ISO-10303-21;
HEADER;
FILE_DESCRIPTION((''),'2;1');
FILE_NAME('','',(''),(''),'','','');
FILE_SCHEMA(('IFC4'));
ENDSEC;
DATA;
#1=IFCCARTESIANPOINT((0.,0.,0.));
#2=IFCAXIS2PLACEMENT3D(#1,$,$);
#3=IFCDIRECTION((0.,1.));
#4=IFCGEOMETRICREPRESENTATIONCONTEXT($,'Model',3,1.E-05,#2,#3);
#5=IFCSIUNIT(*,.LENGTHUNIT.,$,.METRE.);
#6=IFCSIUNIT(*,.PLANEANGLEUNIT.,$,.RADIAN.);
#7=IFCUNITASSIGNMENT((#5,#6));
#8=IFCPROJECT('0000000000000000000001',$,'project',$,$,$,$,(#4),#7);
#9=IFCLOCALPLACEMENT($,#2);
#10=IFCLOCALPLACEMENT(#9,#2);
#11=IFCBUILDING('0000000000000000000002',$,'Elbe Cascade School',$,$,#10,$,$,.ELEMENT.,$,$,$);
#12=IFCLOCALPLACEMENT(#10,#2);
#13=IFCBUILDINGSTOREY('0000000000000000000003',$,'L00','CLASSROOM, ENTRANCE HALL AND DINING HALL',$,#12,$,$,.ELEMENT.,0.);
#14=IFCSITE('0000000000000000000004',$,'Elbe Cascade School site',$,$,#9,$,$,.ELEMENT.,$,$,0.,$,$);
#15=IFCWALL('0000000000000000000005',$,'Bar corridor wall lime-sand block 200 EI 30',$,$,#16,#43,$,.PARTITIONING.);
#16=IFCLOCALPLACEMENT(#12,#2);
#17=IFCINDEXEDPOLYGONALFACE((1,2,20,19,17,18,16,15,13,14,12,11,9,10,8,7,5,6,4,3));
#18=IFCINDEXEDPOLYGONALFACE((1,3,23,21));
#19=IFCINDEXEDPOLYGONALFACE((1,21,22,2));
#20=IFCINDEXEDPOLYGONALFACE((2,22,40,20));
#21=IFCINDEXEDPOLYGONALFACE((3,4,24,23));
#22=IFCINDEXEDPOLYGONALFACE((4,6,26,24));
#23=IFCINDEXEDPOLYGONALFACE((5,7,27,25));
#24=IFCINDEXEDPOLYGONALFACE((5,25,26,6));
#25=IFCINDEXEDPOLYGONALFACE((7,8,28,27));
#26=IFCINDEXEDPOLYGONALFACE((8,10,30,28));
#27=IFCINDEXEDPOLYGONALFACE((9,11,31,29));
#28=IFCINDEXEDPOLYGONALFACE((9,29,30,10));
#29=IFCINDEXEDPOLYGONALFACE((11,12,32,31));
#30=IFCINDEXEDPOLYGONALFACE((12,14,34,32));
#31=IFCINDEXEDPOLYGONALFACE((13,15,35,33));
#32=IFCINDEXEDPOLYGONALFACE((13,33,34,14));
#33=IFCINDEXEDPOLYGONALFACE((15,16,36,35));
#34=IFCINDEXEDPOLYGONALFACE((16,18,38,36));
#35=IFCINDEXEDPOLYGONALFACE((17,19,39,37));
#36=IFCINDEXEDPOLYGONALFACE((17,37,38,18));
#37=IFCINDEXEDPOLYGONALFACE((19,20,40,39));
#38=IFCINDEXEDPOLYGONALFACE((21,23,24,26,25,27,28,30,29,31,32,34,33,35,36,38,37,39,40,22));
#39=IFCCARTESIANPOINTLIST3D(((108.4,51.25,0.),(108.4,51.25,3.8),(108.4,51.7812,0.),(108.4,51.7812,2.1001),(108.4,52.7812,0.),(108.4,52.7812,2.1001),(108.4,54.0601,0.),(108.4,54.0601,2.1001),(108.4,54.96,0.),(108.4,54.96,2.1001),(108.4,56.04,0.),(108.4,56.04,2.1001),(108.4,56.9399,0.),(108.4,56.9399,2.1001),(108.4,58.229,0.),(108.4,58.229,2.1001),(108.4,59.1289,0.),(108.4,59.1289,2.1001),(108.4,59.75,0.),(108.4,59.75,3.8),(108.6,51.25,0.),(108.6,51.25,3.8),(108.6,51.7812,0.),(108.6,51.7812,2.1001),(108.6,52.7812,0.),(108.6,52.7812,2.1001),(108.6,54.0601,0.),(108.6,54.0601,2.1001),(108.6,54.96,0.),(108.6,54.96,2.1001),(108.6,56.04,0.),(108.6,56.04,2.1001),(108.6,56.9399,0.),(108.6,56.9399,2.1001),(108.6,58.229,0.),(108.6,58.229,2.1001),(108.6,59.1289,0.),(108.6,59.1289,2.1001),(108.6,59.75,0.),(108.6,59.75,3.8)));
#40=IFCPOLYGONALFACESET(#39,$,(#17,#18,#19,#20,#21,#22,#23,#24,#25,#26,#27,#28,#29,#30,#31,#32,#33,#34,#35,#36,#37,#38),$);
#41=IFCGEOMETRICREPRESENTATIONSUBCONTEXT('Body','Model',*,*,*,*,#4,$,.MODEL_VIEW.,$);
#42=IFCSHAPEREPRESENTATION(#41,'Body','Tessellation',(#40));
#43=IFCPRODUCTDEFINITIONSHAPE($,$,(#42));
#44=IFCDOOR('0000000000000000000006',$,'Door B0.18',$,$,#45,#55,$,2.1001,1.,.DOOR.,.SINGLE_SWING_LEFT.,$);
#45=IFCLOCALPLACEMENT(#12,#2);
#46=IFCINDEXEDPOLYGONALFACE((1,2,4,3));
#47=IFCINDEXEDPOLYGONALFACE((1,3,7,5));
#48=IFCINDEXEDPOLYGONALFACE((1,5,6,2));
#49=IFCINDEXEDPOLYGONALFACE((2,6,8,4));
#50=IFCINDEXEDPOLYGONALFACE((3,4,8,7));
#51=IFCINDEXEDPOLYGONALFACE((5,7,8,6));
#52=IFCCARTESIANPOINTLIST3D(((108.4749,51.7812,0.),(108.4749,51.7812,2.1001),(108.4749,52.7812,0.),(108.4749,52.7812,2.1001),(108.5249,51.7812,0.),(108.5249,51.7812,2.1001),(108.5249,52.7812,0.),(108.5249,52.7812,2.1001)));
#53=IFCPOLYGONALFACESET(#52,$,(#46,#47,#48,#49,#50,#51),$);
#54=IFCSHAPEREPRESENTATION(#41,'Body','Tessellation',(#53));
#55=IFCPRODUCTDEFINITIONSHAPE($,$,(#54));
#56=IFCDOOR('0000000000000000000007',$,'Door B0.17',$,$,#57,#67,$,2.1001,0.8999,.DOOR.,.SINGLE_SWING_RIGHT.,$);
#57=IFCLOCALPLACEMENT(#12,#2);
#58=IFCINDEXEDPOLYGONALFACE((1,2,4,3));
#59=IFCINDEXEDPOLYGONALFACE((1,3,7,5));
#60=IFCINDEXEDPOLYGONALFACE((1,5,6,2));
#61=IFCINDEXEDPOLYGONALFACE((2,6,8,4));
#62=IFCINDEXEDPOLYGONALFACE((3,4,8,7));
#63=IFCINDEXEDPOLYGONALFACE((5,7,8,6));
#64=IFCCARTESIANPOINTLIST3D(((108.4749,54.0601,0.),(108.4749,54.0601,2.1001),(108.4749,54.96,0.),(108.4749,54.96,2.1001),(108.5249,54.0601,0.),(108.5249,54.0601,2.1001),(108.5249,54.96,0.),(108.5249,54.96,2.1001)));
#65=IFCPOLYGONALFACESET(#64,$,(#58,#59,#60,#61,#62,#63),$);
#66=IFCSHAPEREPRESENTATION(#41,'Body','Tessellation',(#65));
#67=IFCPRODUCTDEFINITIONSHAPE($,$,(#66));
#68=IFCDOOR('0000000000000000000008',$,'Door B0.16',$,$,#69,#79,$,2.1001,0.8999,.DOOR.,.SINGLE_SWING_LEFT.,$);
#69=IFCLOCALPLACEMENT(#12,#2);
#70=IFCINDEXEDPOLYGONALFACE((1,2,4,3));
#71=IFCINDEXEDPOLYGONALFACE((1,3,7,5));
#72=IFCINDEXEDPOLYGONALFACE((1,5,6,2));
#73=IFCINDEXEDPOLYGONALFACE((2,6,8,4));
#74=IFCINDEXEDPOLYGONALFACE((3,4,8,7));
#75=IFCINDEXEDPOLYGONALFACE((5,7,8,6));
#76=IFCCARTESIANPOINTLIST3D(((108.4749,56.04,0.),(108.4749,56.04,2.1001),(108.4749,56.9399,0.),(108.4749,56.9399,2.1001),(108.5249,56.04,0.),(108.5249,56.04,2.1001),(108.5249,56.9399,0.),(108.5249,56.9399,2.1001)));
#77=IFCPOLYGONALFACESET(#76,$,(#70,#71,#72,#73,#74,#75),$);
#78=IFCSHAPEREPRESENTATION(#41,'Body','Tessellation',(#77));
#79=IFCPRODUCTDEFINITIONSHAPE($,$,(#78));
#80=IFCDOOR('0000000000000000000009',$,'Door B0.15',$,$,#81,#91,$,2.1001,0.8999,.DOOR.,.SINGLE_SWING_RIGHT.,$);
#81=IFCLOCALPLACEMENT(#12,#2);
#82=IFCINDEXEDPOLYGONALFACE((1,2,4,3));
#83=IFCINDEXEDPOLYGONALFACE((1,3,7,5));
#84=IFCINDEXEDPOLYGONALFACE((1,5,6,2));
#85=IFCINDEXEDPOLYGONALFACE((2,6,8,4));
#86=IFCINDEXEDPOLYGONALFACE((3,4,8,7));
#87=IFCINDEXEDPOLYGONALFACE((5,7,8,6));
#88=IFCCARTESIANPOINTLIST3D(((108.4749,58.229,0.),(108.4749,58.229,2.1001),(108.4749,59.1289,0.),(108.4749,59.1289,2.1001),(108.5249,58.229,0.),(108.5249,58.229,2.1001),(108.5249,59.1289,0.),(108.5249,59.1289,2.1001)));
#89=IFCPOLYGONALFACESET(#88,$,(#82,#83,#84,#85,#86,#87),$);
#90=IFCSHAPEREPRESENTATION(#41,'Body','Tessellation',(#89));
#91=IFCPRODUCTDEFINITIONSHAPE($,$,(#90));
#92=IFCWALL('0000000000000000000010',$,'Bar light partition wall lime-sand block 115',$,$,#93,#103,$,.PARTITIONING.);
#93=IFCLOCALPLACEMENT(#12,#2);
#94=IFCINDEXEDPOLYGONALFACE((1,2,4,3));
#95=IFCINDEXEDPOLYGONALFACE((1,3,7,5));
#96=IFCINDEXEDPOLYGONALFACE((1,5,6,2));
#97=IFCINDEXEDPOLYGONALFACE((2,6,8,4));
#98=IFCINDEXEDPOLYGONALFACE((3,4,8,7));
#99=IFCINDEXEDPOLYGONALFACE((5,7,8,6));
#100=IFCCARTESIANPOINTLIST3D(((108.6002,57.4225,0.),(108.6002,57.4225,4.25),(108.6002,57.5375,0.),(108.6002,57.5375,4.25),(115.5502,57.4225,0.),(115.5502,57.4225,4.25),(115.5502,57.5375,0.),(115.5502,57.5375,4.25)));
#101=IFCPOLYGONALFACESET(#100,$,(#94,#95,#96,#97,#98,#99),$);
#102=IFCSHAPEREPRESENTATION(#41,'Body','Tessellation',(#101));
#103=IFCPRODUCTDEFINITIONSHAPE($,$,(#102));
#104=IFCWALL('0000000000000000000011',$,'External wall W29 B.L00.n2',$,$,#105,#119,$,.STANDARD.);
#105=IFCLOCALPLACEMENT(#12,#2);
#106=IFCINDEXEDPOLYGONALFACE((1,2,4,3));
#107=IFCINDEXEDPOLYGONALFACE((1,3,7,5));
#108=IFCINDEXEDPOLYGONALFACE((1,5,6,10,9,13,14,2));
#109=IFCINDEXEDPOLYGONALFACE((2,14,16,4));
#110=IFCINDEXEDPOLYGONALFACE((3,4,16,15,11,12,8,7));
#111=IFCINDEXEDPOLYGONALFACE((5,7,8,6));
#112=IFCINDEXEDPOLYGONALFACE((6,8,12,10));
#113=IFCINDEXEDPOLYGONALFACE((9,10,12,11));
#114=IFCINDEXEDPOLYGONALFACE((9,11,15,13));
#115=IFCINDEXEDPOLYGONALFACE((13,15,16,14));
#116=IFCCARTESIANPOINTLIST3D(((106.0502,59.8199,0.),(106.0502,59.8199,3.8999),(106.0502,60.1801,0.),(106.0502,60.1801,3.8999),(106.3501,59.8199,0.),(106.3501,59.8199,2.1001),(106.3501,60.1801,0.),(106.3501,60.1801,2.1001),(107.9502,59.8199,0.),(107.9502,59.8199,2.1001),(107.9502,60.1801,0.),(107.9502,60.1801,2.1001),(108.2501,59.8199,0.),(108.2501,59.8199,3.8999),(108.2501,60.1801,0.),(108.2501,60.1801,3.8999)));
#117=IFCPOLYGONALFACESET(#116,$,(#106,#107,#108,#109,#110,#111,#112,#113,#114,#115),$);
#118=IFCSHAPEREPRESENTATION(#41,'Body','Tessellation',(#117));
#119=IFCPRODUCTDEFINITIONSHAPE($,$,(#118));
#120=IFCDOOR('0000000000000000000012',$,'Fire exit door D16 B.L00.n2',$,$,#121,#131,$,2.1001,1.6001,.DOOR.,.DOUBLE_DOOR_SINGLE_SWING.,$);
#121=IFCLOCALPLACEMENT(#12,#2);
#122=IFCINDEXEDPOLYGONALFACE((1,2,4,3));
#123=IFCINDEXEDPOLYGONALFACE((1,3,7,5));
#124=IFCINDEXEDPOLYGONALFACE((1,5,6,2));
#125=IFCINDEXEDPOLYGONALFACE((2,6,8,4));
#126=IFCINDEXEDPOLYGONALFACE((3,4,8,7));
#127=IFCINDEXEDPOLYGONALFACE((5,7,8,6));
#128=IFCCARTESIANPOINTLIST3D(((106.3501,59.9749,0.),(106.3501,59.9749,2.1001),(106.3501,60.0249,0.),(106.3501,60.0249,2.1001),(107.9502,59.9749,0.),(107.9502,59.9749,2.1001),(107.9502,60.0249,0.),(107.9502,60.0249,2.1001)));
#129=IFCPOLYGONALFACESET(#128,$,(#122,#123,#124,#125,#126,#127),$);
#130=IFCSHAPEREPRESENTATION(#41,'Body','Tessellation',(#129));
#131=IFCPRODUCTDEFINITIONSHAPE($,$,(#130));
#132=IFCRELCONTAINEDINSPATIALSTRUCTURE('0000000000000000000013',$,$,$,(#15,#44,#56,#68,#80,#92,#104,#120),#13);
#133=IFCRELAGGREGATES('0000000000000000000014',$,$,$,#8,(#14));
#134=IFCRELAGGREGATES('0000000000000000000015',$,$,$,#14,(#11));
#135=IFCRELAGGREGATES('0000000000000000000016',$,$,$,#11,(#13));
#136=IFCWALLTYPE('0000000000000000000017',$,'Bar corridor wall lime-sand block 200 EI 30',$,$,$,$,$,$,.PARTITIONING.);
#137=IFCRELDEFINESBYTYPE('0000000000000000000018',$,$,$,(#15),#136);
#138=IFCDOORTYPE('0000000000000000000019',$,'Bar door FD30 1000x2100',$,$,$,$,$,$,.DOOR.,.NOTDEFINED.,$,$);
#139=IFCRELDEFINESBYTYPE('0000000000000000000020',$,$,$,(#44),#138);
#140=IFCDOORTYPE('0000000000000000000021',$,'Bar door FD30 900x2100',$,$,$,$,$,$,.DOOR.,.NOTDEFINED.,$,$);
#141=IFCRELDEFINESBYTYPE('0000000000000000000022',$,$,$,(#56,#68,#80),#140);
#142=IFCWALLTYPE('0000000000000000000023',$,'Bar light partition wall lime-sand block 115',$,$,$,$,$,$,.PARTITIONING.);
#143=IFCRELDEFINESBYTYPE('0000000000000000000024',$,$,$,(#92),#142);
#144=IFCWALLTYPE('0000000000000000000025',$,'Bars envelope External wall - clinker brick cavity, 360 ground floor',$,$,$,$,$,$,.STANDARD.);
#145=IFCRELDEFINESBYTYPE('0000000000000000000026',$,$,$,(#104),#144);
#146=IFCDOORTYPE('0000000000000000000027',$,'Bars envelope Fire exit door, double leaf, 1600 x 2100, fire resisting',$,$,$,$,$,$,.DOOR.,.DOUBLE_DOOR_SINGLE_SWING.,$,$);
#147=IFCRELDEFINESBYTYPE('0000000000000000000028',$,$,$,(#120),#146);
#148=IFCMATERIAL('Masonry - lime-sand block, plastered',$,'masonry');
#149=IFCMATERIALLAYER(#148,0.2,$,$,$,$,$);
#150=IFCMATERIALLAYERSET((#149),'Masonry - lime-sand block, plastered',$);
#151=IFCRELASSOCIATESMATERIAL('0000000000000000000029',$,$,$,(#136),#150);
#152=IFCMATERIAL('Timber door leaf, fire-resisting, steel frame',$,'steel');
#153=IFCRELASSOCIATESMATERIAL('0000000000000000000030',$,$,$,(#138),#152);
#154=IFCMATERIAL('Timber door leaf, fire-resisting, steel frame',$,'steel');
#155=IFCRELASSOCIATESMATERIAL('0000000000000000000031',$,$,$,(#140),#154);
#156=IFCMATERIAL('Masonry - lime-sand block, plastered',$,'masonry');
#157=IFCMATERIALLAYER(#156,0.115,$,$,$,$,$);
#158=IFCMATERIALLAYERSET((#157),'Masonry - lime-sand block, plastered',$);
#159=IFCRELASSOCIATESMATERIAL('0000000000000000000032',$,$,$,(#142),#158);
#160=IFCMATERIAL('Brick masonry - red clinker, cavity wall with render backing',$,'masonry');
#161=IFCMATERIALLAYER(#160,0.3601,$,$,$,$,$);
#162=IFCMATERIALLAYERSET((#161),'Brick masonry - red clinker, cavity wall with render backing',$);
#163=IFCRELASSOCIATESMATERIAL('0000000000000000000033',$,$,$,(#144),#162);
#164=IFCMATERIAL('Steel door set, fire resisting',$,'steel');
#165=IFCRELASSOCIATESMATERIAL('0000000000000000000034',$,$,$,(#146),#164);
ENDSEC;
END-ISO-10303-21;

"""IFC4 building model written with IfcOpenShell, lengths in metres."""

from ifc_helpers import new_model, si_unit, direction, frame, frame_2d, origin, place, context, subcontext, project, spatial, rectangle, extrude, material, layer, layer_set, type_object, element, fill, save


model = new_model("IFC4")

# Units and contexts
model_context = context("Model", 3, precision=1e-05, world=origin(), true_north=direction((0.0, 1.0)))
body_context = subcontext(model_context, "Body", "Model", "MODEL_VIEW")
ifc_project = project(units=[si_unit("LENGTHUNIT", "METRE"), si_unit("PLANEANGLEUNIT", "RADIAN")], contexts=[model_context])

# Site, building, storey
site_placement = place(None, origin())
site = spatial("IfcSite", under=ifc_project, at=site_placement, Name="Elbe Cascade School site", CompositionType="ELEMENT", RefElevation=0.0)
building_placement = place(site_placement, origin())
building = spatial("IfcBuilding", under=site, at=building_placement, Name="Elbe Cascade School", CompositionType="ELEMENT")
storey_placement = place(building_placement, origin())
storey = spatial("IfcBuildingStorey", under=building, at=storey_placement, Name="L00", Description="CLASSROOM, ENTRANCE HALL AND DINING HALL", CompositionType="ELEMENT", Elevation=0.0)

# Wall, openings, doors
ifc_material_1 = material(Name="Masonry - lime-sand block, plastered", Category="masonry")
ifc_layer_1 = layer(ifc_material_1, 0.2)
ifc_layer_set_1 = layer_set([ifc_layer_1], Name="Masonry - lime-sand block, plastered")
wall_type_1 = type_object("IfcWallType", Name="Bar corridor wall lime-sand block 200 EI 30", PredefinedType="PARTITIONING", material=ifc_layer_set_1)
wall_1_placement = place(storey_placement, frame((108.5, 59.75, 0.0), z_axis=(0.0, 0.0, 1.0), x_axis=(0.0, -1.0, 0.0)))
wall_1 = element("IfcWall", 1, at=wall_1_placement, inside=storey, type_object=wall_type_1, Name="Bar corridor wall lime-sand block 200 EI 30", PredefinedType="PARTITIONING", context=body_context, shape_type="SweptSolid", body=[
    extrude(rectangle(XDim=8.5, YDim=0.2, at=frame_2d((4.25, 0.0))), origin(), (0.0, 0.0, 1.0), 3.8),
])
opening_1_placement = place(wall_1_placement, frame((6.9688, 0.0, 0.0)))
opening_1 = element("IfcOpeningElement", 2, at=opening_1_placement, cuts=wall_1, PredefinedType="OPENING", context=body_context, shape_type="SweptSolid", body=[
    extrude(rectangle(XDim=1.0, YDim=2.1001, at=frame_2d((0.5, 1.05))), frame((0.0, 0.1099, 0.0), z_axis=(0.0, -1.0, 0.0), x_axis=(1.0, 0.0, 0.0)), (0.0, 0.0, 1.0), 0.22),
])
opening_2_placement = place(wall_1_placement, frame((4.79, 0.0, 0.0)))
opening_2 = element("IfcOpeningElement", 3, at=opening_2_placement, cuts=wall_1, PredefinedType="OPENING", context=body_context, shape_type="SweptSolid", body=[
    extrude(rectangle(XDim=0.8999, YDim=2.1001, at=frame_2d((0.45, 1.05))), frame((0.0, 0.1099, 0.0), z_axis=(0.0, -1.0, 0.0), x_axis=(1.0, 0.0, 0.0)), (0.0, 0.0, 1.0), 0.22),
])
opening_3_placement = place(wall_1_placement, frame((2.8101, 0.0, 0.0)))
opening_3 = element("IfcOpeningElement", 4, at=opening_3_placement, cuts=wall_1, PredefinedType="OPENING", context=body_context, shape_type="SweptSolid", body=[
    extrude(rectangle(XDim=0.8999, YDim=2.1001, at=frame_2d((0.45, 1.05))), frame((0.0, 0.1099, 0.0), z_axis=(0.0, -1.0, 0.0), x_axis=(1.0, 0.0, 0.0)), (0.0, 0.0, 1.0), 0.22),
])
opening_4_placement = place(wall_1_placement, frame((0.6211, 0.0, 0.0)))
opening_4 = element("IfcOpeningElement", 5, at=opening_4_placement, cuts=wall_1, PredefinedType="OPENING", context=body_context, shape_type="SweptSolid", body=[
    extrude(rectangle(XDim=0.8999, YDim=2.1001, at=frame_2d((0.45, 1.05))), frame((0.0, 0.1099, 0.0), z_axis=(0.0, -1.0, 0.0), x_axis=(1.0, 0.0, 0.0)), (0.0, 0.0, 1.0), 0.22),
])
ifc_material_2 = material(Name="Timber door leaf, fire-resisting, steel frame", Category="steel")
door_type_1 = type_object("IfcDoorType", Name="Bar door FD30 1000x2100", OperationType="NOTDEFINED", PredefinedType="DOOR", material=ifc_material_2)
door_1_placement = place(opening_1_placement, origin())
door_1 = element("IfcDoor", 6, at=door_1_placement, inside=storey, type_object=door_type_1, Name="Door B0.18", OperationType="SINGLE_SWING_LEFT", OverallHeight=2.1001, OverallWidth=1.0, PredefinedType="DOOR", context=body_context, shape_type="SweptSolid", body=[
    extrude(rectangle(XDim=1.0, YDim=2.1001, at=frame_2d((0.5, 1.05))), frame((0.0, 0.0249, 0.0), z_axis=(0.0, -1.0, 0.0), x_axis=(1.0, 0.0, 0.0)), (0.0, 0.0, 1.0), 0.05),
])
fill(opening_1, door_1)
ifc_material_3 = material(Name="Timber door leaf, fire-resisting, steel frame", Category="steel")
door_type_2 = type_object("IfcDoorType", Name="Bar door FD30 900x2100", OperationType="NOTDEFINED", PredefinedType="DOOR", material=ifc_material_3)
door_2_placement = place(opening_2_placement, origin())
door_2 = element("IfcDoor", 7, at=door_2_placement, inside=storey, type_object=door_type_2, Name="Door B0.17", OperationType="SINGLE_SWING_RIGHT", OverallHeight=2.1001, OverallWidth=0.8999, PredefinedType="DOOR", context=body_context, shape_type="SweptSolid", body=[
    extrude(rectangle(XDim=0.8999, YDim=2.1001, at=frame_2d((0.45, 1.05))), frame((0.0, 0.0249, 0.0), z_axis=(0.0, -1.0, 0.0), x_axis=(1.0, 0.0, 0.0)), (0.0, 0.0, 1.0), 0.05),
])
fill(opening_2, door_2)
door_3_placement = place(opening_3_placement, origin())
door_3 = element("IfcDoor", 8, at=door_3_placement, inside=storey, type_object=door_type_2, Name="Door B0.16", OperationType="SINGLE_SWING_LEFT", OverallHeight=2.1001, OverallWidth=0.8999, PredefinedType="DOOR", context=body_context, shape_type="SweptSolid", body=[
    extrude(rectangle(XDim=0.8999, YDim=2.1001, at=frame_2d((0.45, 1.05))), frame((0.0, 0.0249, 0.0), z_axis=(0.0, -1.0, 0.0), x_axis=(1.0, 0.0, 0.0)), (0.0, 0.0, 1.0), 0.05),
])
fill(opening_3, door_3)
door_4_placement = place(opening_4_placement, origin())
door_4 = element("IfcDoor", 9, at=door_4_placement, inside=storey, type_object=door_type_2, Name="Door B0.15", OperationType="SINGLE_SWING_RIGHT", OverallHeight=2.1001, OverallWidth=0.8999, PredefinedType="DOOR", context=body_context, shape_type="SweptSolid", body=[
    extrude(rectangle(XDim=0.8999, YDim=2.1001, at=frame_2d((0.45, 1.05))), frame((0.0, 0.0249, 0.0), z_axis=(0.0, -1.0, 0.0), x_axis=(1.0, 0.0, 0.0)), (0.0, 0.0, 1.0), 0.05),
])
fill(opening_4, door_4)

# Wall
ifc_material_4 = material(Name="Masonry - lime-sand block, plastered", Category="masonry")
ifc_layer_2 = layer(ifc_material_4, 0.115)
ifc_layer_set_2 = layer_set([ifc_layer_2], Name="Masonry - lime-sand block, plastered")
wall_type_2 = type_object("IfcWallType", Name="Bar light partition wall lime-sand block 115", PredefinedType="PARTITIONING", material=ifc_layer_set_2)
wall_2_placement = place(storey_placement, frame((108.6001, 57.48, 0.0), z_axis=(0.0, 0.0, 1.0), x_axis=(1.0, 0.0, 0.0)))
element("IfcWall", 10, at=wall_2_placement, inside=storey, type_object=wall_type_2, Name="Bar light partition wall lime-sand block 115", PredefinedType="PARTITIONING", context=body_context, shape_type="SweptSolid", body=[
    extrude(rectangle(XDim=6.95, YDim=0.115, at=frame_2d((3.4751, 0.0))), origin(), (0.0, 0.0, 1.0), 4.25),
])

# Wall, opening, door
ifc_material_5 = material(Name="Brick masonry - red clinker, cavity wall with render backing", Category="masonry")
ifc_layer_3 = layer(ifc_material_5, 0.3601)
ifc_layer_set_3 = layer_set([ifc_layer_3], Name="Brick masonry - red clinker, cavity wall with render backing")
wall_type_3 = type_object("IfcWallType", Name="Bars envelope External wall - clinker brick cavity, 360 ground floor", PredefinedType="STANDARD", material=ifc_layer_set_3)
wall_3_placement = place(storey_placement, frame((106.05, 60.0, 0.0), z_axis=(0.0, 0.0, 1.0), x_axis=(1.0, 0.0, 0.0)))
wall_3 = element("IfcWall", 11, at=wall_3_placement, inside=storey, type_object=wall_type_3, Name="External wall W29 B.L00.n2", PredefinedType="STANDARD", context=body_context, shape_type="SweptSolid", body=[
    extrude(rectangle(XDim=2.2, YDim=0.3601, at=frame_2d((1.1001, 0.0))), origin(), (0.0, 0.0, 1.0), 3.8999),
])
opening_5_placement = place(wall_3_placement, frame((0.3, 0.0, 0.0)))
opening_5 = element("IfcOpeningElement", 12, at=opening_5_placement, cuts=wall_3, PredefinedType="OPENING", context=body_context, shape_type="SweptSolid", body=[
    extrude(rectangle(XDim=1.6001, YDim=2.1001, at=frame_2d((0.8, 1.05))), frame((0.0, 0.1899, 0.0), z_axis=(0.0, -1.0, 0.0), x_axis=(1.0, 0.0, 0.0)), (0.0, 0.0, 1.0), 0.3801),
])
ifc_material_6 = material(Name="Steel door set, fire resisting", Category="steel")
door_type_3 = type_object("IfcDoorType", Name="Bars envelope Fire exit door, double leaf, 1600 x 2100, fire resisting", OperationType="DOUBLE_DOOR_SINGLE_SWING", PredefinedType="DOOR", material=ifc_material_6)
door_5_placement = place(opening_5_placement, origin())
door_5 = element("IfcDoor", 13, at=door_5_placement, inside=storey, type_object=door_type_3, Name="Fire exit door D16 B.L00.n2", OperationType="DOUBLE_DOOR_SINGLE_SWING", OverallHeight=2.1001, OverallWidth=1.6001, PredefinedType="DOOR", context=body_context, shape_type="SweptSolid", body=[
    extrude(rectangle(XDim=1.6001, YDim=2.1001, at=frame_2d((0.8, 1.05))), frame((0.0, 0.0249, 0.0), z_axis=(0.0, -1.0, 0.0), x_axis=(1.0, 0.0, 0.0)), (0.0, 0.0, 1.0), 0.05),
])
fill(opening_5, door_5)

save(model, "model.ifc")
